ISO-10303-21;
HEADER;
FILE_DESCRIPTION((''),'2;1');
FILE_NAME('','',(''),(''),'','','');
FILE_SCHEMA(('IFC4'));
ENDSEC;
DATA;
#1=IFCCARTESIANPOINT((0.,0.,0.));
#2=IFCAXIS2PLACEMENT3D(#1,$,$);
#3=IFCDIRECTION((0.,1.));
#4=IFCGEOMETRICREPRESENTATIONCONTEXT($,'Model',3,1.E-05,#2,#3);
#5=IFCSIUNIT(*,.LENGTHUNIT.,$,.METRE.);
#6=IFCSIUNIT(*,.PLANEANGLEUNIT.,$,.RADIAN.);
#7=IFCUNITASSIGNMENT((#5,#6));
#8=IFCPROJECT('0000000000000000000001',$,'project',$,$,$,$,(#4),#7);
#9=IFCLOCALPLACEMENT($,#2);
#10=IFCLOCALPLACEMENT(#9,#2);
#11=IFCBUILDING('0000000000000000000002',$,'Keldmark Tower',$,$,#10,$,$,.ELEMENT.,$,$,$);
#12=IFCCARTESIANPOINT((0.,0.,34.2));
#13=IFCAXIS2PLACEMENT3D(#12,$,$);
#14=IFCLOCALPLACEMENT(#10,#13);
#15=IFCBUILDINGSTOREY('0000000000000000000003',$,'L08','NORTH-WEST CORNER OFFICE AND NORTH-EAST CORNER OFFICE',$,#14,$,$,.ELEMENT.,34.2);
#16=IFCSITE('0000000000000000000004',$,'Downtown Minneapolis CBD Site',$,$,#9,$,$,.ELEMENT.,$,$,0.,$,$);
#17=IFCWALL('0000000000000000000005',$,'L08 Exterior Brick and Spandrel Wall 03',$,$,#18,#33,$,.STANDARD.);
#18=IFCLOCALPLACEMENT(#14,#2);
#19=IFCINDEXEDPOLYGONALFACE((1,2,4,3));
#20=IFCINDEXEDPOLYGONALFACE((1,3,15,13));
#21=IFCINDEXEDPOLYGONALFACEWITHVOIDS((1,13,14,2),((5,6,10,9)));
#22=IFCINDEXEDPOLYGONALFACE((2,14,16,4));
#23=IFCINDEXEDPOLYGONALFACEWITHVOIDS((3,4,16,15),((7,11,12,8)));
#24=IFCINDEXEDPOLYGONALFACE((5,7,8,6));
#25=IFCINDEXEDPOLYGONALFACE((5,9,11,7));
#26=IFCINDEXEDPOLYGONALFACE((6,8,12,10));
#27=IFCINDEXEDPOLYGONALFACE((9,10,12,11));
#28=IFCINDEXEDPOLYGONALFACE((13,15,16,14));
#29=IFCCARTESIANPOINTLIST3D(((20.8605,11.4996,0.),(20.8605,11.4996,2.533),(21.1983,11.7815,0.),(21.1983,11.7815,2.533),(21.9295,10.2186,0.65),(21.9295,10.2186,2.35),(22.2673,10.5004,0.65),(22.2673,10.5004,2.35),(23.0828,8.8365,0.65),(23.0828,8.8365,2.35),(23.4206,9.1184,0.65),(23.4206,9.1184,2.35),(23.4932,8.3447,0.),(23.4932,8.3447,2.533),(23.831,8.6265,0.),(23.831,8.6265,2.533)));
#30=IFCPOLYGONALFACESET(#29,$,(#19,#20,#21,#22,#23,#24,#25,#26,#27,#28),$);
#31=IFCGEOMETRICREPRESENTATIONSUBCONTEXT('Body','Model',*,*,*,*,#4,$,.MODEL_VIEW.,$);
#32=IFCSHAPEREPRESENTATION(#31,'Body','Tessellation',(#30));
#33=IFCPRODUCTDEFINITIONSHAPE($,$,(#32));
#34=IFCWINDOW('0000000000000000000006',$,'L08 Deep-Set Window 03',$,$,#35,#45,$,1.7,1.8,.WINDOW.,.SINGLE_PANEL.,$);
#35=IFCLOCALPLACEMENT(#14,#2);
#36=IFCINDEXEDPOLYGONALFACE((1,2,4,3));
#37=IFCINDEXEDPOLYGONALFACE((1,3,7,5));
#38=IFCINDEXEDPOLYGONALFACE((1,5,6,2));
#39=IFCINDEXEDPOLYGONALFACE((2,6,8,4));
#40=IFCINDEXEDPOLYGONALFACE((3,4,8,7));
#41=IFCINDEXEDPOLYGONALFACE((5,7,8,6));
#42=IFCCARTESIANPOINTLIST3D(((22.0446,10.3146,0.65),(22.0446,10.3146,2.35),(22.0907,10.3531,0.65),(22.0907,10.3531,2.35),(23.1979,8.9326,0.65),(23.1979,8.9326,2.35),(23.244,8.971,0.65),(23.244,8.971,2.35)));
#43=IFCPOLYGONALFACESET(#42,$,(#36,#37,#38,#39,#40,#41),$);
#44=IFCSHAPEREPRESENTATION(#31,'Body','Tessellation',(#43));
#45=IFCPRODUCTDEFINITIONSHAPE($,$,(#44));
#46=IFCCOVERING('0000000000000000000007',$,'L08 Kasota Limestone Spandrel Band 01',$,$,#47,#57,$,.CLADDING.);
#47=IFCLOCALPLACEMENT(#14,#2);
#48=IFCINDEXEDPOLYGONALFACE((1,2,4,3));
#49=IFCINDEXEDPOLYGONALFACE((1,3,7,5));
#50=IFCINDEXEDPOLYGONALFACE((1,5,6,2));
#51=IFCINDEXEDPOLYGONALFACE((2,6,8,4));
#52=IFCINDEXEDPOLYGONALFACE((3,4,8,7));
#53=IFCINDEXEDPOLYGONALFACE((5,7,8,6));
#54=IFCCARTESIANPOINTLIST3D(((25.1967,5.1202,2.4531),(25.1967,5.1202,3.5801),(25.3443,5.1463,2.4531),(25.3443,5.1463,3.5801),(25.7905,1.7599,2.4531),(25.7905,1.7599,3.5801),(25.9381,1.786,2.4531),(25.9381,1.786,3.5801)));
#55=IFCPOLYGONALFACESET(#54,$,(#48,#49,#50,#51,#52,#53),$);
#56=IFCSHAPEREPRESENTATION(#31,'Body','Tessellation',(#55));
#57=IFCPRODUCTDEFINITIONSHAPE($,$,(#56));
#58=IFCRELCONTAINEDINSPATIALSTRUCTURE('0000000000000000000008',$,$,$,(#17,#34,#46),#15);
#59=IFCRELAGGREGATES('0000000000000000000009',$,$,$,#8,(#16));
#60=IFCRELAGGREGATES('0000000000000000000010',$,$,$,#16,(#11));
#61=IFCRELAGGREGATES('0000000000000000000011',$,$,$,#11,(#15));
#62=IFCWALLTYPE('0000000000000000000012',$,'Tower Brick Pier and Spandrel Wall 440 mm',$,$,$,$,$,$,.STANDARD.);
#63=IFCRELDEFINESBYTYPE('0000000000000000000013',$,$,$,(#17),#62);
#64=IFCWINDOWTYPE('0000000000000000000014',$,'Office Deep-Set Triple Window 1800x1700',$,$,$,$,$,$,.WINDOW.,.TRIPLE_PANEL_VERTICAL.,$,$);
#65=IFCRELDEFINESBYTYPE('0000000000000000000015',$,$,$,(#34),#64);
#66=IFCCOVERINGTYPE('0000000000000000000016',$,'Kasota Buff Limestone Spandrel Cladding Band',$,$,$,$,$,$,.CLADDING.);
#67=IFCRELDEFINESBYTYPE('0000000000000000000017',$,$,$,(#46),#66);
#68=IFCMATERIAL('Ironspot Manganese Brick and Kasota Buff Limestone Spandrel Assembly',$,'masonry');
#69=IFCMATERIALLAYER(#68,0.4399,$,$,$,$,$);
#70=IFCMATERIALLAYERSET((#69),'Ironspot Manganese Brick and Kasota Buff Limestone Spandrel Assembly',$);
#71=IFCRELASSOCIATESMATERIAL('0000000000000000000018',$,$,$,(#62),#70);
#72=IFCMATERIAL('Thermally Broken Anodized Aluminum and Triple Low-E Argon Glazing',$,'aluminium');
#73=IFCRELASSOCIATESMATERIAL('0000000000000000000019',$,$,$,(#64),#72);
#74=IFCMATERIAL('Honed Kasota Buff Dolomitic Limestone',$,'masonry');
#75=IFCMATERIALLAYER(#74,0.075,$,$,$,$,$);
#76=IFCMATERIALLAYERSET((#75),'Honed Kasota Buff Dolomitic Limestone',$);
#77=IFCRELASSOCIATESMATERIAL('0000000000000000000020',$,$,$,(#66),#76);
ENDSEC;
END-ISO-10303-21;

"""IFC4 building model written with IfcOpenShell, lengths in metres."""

from ifc_helpers import new_model, si_unit, direction, frame, frame_2d, origin, origin_2d, place, context, subcontext, project, spatial, rectangle, extrude, material, layer, layer_set, type_object, element, fill, save


model = new_model("IFC4")

# Units and contexts
model_context = context("Model", 3, precision=1e-05, world=origin(), true_north=direction((0.0, 1.0)))
body_context = subcontext(model_context, "Body", "Model", "MODEL_VIEW")
ifc_project = project(units=[si_unit("LENGTHUNIT", "METRE"), si_unit("PLANEANGLEUNIT", "RADIAN")], contexts=[model_context])

# Site, building, storey
site_placement = place(None, origin())
site = spatial("IfcSite", under=ifc_project, at=site_placement, Name="Downtown Minneapolis CBD Site", CompositionType="ELEMENT", RefElevation=0.0)
building_placement = place(site_placement, origin())
building = spatial("IfcBuilding", under=site, at=building_placement, Name="Keldmark Tower", CompositionType="ELEMENT")
storey_placement = place(building_placement, frame((0.0, 0.0, 34.2)))
storey = spatial("IfcBuildingStorey", under=building, at=storey_placement, Name="L08", Description="NORTH-WEST CORNER OFFICE AND NORTH-EAST CORNER OFFICE", CompositionType="ELEMENT", Elevation=34.2)

# Wall, opening, window
ifc_material_1 = material(Name="Ironspot Manganese Brick and Kasota Buff Limestone Spandrel Assembly", Category="masonry")
ifc_layer_1 = layer(ifc_material_1, 0.4399)
ifc_layer_set_1 = layer_set([ifc_layer_1], Name="Ironspot Manganese Brick and Kasota Buff Limestone Spandrel Assembly")
wall_type = type_object("IfcWallType", Name="Tower Brick Pier and Spandrel Wall 440 mm", PredefinedType="STANDARD", material=ifc_layer_set_1)
ifc_material_2 = material(Name="Thermally Broken Anodized Aluminum and Triple Low-E Argon Glazing", Category="aluminium")
window_type_1 = type_object("IfcWindowType", Name="Office Deep-Set Triple Window 1800x1700", PartitioningType="TRIPLE_PANEL_VERTICAL", PredefinedType="WINDOW", material=ifc_material_2)
wall_1_placement = place(storey_placement, frame((21.0293, 11.6406, 0.0), z_axis=(0.0, 0.0, 1.0), x_axis=(0.640704, -0.767788, 0.0)))
wall_1 = element("IfcWall", 1, at=wall_1_placement, inside=storey, type_object=wall_type, Name="L08 Exterior Brick and Spandrel Wall 03", PredefinedType="STANDARD", context=body_context, shape_type="SweptSolid", body=[
    extrude(rectangle(XDim=4.1091, YDim=0.4399, at=frame_2d((2.0547, 0.0))), origin(), (0.0, 0.0, 1.0), 2.533),
])
opening_1_placement = place(wall_1_placement, frame((1.6687, 0.0, 0.6499)))
opening_1 = element("IfcOpeningElement", 2, at=opening_1_placement, cuts=wall_1, PredefinedType="OPENING", context=body_context, shape_type="SweptSolid", body=[
    extrude(rectangle(XDim=1.8, YDim=1.7, at=frame_2d((0.8999, 0.8501))), frame((0.0, 0.23, 0.0), z_axis=(0.0, -1.0, 0.0), x_axis=(1.0, 0.0, 0.0)), (0.0, 0.0, 1.0), 0.46),
])
window_1_placement = place(opening_1_placement, origin())
window_1 = element("IfcWindow", 3, at=window_1_placement, inside=storey, type_object=window_type_1, Name="L08 Deep-Set Window 03", OverallHeight=1.7, OverallWidth=1.8, PartitioningType="SINGLE_PANEL", PredefinedType="WINDOW", context=body_context, shape_type="SweptSolid", body=[
    extrude(rectangle(XDim=1.8, YDim=1.7, at=frame_2d((0.8999, 0.8501))), frame((0.0, -0.01, 0.0), z_axis=(0.0, -1.0, 0.0), x_axis=(1.0, 0.0, 0.0)), (0.0, 0.0, 1.0), 0.0601),
])
fill(opening_1, window_1)

# Covering
ifc_material_3 = material(Name="Honed Kasota Buff Dolomitic Limestone", Category="masonry")
ifc_layer_2 = layer(ifc_material_3, 0.075)
ifc_layer_set_2 = layer_set([ifc_layer_2], Name="Honed Kasota Buff Dolomitic Limestone")
covering_type = type_object("IfcCoveringType", Name="Kasota Buff Limestone Spandrel Cladding Band", PredefinedType="CLADDING", material=ifc_layer_set_2)
covering_placement = place(storey_placement, frame((25.5674, 3.4531, 2.4531), z_axis=(0.0, 0.0, 1.0), x_axis=(-0.174026, 0.984741, 0.0)))
element("IfcCovering", 4, at=covering_placement, inside=storey, type_object=covering_type, Name="L08 Kasota Limestone Spandrel Band 01", PredefinedType="CLADDING", context=body_context, shape_type="SweptSolid", body=[
    extrude(rectangle(XDim=3.4124, YDim=0.1499, at=origin_2d()), origin(), (0.0, 0.0, 1.0), 1.127),
])

save(model, "model.ifc")
